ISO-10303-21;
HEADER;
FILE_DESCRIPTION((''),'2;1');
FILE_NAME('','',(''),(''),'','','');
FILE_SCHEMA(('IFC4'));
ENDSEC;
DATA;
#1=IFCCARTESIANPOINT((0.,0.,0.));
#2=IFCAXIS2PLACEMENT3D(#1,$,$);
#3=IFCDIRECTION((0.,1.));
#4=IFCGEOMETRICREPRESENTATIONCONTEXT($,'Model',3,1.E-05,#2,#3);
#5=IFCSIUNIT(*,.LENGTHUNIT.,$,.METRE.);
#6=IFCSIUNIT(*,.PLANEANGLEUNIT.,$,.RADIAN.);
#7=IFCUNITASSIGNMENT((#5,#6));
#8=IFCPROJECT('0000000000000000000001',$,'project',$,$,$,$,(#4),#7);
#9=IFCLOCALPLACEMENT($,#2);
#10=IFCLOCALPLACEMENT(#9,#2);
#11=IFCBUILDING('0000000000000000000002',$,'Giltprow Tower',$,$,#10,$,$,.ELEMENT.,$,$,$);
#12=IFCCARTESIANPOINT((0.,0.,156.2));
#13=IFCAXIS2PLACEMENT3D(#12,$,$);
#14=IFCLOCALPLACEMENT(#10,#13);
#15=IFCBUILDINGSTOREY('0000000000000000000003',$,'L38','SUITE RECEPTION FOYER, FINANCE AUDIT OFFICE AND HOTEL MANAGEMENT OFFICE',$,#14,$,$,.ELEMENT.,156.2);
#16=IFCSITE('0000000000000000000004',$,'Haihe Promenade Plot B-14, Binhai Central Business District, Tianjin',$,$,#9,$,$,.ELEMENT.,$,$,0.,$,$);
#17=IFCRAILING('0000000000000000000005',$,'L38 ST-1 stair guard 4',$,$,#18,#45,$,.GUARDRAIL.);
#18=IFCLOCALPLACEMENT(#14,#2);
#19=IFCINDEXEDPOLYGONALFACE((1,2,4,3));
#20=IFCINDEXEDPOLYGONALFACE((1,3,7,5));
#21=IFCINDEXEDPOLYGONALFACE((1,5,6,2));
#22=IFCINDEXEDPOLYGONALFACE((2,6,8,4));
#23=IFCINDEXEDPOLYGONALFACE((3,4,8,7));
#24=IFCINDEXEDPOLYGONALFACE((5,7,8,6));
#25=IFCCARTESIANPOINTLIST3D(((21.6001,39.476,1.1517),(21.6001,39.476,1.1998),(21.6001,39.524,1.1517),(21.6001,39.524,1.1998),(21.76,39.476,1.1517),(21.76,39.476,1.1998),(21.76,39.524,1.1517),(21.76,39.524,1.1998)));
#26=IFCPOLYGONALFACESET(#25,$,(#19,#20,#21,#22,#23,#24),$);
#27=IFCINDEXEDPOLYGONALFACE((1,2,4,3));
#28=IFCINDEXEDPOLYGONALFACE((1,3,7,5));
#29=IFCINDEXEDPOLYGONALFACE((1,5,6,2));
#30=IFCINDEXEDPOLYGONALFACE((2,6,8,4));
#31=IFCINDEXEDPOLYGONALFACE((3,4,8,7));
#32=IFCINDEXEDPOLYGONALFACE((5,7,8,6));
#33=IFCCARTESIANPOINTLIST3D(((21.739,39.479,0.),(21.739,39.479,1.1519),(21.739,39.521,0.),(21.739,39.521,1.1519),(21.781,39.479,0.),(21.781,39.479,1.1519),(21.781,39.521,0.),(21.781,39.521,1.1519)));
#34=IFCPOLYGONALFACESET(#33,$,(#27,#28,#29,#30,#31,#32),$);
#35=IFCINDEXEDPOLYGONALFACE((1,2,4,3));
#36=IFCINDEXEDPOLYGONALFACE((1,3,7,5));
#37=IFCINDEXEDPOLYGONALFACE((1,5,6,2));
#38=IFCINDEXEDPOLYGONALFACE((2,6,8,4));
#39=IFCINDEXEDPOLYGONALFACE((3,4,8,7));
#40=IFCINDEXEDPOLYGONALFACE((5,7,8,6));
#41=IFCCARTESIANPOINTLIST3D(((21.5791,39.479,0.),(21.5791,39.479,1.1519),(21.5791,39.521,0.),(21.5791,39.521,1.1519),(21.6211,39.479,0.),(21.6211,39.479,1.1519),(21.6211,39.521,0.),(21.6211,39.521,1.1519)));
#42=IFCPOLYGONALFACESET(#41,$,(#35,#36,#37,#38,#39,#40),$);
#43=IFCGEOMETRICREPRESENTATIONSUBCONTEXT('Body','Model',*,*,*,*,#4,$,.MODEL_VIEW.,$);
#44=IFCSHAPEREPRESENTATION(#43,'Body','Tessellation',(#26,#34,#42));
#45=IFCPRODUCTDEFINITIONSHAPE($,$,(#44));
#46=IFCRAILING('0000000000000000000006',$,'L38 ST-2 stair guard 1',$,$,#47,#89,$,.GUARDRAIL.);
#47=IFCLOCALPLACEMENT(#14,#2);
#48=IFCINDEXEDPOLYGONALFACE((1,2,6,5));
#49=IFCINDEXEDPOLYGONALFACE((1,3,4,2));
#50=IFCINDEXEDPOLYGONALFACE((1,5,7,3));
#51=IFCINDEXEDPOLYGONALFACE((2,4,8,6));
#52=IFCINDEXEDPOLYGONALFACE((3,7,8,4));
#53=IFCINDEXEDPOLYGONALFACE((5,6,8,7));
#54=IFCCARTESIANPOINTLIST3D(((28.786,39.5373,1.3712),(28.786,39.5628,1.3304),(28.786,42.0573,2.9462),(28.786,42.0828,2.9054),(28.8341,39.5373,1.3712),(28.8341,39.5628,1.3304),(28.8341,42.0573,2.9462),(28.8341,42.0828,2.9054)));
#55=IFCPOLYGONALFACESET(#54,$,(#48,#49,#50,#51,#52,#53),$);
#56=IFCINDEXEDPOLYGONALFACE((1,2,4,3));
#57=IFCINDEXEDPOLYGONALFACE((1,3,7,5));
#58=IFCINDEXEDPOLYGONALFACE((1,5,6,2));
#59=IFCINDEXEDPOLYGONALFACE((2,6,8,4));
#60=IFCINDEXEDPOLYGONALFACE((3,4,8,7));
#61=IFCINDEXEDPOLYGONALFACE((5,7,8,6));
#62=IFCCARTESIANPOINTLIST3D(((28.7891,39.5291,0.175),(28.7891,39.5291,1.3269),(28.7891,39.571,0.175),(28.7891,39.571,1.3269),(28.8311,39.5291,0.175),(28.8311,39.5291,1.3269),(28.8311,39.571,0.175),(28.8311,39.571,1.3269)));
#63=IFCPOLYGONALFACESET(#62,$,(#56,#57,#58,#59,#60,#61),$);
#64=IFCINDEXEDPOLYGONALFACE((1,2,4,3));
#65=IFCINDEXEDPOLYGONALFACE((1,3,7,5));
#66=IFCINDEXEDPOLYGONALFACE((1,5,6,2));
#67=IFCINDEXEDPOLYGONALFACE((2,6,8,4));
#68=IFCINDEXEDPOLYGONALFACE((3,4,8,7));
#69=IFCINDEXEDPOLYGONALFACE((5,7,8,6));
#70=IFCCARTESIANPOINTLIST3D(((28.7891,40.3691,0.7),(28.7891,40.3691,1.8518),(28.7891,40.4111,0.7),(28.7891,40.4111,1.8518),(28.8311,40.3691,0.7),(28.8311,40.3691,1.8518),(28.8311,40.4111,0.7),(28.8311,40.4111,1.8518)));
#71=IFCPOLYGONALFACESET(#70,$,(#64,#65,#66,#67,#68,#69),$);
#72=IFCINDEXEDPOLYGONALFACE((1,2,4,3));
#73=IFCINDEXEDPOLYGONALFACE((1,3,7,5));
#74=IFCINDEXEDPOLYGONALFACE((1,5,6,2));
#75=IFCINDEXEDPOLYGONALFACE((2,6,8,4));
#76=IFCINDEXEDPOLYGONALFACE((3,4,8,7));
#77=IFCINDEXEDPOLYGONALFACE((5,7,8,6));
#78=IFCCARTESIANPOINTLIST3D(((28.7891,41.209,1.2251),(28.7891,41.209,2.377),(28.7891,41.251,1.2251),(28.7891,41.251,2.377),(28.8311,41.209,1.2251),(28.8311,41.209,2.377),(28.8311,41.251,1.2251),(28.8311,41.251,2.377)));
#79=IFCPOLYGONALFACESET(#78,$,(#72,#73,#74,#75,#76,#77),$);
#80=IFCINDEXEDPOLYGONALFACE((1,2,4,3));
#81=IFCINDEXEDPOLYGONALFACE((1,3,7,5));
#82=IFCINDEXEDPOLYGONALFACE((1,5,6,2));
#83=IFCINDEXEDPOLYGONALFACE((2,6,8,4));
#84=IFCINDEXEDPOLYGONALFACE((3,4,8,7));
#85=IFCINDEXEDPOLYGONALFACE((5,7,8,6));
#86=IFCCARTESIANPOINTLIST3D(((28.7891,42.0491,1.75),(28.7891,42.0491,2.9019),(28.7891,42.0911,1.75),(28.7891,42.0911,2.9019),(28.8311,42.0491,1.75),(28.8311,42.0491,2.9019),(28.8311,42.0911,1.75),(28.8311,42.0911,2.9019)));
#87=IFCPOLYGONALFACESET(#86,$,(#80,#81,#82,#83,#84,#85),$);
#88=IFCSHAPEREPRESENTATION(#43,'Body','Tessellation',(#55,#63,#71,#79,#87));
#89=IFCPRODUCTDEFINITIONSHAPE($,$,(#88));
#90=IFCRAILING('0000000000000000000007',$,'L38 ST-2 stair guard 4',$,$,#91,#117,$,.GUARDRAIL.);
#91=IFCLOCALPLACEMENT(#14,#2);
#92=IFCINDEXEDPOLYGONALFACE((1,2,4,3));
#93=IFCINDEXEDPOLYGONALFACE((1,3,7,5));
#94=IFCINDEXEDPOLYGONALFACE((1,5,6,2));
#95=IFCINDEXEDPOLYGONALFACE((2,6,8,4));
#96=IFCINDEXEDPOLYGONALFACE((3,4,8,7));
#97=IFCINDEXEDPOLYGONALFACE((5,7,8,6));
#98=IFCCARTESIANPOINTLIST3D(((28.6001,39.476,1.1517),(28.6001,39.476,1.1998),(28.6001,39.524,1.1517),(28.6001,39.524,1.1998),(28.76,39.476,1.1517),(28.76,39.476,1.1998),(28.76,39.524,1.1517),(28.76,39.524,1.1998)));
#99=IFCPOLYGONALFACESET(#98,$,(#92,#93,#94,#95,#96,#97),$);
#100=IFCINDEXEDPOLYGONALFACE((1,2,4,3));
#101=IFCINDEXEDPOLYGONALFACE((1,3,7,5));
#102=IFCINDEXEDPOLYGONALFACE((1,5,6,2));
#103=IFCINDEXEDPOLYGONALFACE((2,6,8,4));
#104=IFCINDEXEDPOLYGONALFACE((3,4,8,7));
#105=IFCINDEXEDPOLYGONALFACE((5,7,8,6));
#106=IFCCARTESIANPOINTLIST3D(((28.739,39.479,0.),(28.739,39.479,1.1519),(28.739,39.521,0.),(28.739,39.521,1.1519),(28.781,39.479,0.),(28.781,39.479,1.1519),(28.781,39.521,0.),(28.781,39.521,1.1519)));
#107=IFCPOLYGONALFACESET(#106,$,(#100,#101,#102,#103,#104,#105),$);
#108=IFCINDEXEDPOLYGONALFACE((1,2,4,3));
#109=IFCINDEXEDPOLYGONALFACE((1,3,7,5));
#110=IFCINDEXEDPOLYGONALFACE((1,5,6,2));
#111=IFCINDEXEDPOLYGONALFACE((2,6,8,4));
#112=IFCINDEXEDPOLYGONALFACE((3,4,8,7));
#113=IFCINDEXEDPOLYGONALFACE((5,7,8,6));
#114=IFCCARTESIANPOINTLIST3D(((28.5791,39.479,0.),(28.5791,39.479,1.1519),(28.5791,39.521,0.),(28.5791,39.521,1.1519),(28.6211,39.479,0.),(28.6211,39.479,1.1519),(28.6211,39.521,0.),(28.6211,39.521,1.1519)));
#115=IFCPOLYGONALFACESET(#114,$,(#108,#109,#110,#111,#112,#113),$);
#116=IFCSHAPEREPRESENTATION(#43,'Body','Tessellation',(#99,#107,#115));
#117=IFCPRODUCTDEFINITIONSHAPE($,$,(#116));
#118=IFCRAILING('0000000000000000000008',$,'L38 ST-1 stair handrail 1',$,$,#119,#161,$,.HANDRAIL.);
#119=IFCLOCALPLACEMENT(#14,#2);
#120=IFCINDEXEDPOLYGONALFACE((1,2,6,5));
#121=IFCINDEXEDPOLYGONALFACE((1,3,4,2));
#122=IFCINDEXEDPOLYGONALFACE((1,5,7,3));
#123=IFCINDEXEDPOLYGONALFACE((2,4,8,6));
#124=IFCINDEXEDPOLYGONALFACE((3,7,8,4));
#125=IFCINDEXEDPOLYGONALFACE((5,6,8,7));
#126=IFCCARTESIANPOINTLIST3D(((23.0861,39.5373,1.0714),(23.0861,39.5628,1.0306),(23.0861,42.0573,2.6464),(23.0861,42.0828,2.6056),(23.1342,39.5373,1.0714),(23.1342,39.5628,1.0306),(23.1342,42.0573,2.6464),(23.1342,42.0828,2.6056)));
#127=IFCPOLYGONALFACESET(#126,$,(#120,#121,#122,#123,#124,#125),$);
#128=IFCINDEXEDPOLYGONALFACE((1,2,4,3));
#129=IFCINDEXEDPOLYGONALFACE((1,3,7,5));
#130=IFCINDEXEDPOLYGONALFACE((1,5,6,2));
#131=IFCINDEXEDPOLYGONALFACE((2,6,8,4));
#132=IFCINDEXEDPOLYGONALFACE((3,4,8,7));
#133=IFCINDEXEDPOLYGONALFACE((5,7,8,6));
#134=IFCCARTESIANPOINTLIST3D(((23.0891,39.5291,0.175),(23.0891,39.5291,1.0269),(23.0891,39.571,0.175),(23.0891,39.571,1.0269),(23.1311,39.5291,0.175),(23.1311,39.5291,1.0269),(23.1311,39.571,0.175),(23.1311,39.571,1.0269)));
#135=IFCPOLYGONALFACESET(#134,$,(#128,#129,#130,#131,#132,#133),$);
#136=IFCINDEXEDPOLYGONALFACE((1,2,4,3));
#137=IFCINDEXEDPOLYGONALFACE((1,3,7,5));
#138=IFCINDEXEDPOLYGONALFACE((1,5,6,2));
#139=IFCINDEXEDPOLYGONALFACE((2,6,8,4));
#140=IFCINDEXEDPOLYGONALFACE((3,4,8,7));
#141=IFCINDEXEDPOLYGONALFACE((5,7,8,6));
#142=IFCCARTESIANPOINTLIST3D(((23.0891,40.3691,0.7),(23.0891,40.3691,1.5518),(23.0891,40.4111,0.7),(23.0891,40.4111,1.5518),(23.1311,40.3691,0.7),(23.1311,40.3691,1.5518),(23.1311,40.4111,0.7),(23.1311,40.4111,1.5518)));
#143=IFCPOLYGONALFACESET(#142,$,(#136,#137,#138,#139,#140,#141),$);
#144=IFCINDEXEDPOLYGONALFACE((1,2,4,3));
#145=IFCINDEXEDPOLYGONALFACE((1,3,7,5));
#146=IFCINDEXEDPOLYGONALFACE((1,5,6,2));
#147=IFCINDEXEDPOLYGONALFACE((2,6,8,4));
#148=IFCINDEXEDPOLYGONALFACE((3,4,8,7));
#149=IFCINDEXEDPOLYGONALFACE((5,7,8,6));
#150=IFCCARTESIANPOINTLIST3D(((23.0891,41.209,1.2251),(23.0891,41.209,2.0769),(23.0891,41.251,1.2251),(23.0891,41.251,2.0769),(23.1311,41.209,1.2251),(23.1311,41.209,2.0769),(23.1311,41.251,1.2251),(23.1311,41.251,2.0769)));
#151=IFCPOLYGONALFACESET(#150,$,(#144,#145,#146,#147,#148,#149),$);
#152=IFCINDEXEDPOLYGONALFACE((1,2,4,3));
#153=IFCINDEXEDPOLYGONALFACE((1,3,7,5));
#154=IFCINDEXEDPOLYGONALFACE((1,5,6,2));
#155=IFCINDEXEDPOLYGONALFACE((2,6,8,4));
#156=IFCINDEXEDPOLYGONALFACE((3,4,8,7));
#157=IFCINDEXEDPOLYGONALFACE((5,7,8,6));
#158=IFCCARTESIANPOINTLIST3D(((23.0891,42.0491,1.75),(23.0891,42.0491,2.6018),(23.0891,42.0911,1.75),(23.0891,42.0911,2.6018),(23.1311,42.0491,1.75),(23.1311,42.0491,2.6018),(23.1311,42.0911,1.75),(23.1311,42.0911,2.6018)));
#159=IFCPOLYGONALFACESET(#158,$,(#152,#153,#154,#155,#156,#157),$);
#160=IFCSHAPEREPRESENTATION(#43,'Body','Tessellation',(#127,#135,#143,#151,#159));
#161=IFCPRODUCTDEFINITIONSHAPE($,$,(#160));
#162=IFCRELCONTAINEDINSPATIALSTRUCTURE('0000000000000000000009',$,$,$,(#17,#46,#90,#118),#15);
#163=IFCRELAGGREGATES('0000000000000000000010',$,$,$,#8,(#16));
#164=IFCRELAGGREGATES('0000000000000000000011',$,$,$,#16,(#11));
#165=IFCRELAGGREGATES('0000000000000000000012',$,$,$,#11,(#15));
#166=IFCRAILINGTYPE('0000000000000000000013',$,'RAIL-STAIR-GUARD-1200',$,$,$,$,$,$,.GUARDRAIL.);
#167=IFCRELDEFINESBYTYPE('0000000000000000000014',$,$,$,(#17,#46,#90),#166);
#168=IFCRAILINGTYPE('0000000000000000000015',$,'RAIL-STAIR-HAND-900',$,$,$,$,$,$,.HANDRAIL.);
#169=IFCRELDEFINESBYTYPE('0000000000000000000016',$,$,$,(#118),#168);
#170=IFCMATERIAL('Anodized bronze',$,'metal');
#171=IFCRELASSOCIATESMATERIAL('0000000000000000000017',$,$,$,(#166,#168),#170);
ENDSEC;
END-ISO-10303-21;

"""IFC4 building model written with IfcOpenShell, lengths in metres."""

from ifc_helpers import new_model, si_unit, direction, frame, origin, origin_2d, place, context, subcontext, project, spatial, rectangle, extrude, material, type_object, element, save


model = new_model("IFC4")

# Units and contexts
model_context = context("Model", 3, precision=1e-05, world=origin(), true_north=direction((0.0, 1.0)))
body_context = subcontext(model_context, "Body", "Model", "MODEL_VIEW")
ifc_project = project(units=[si_unit("LENGTHUNIT", "METRE"), si_unit("PLANEANGLEUNIT", "RADIAN")], contexts=[model_context])

# Site, building, storey
site_placement = place(None, origin())
site = spatial("IfcSite", under=ifc_project, at=site_placement, Name="Haihe Promenade Plot B-14, Binhai Central Business District, Tianjin", CompositionType="ELEMENT", RefElevation=0.0)
building_placement = place(site_placement, origin())
building = spatial("IfcBuilding", under=site, at=building_placement, Name="Giltprow Tower", CompositionType="ELEMENT")
storey_placement = place(building_placement, frame((0.0, 0.0, 156.2)))
storey = spatial("IfcBuildingStorey", under=building, at=storey_placement, Name="L38", Description="SUITE RECEPTION FOYER, FINANCE AUDIT OFFICE AND HOTEL MANAGEMENT OFFICE", CompositionType="ELEMENT", Elevation=156.2)

# Railings
ifc_material_1 = material(Name="Anodized bronze", Category="metal")
railing_type_1 = type_object("IfcRailingType", Name="RAIL-STAIR-GUARD-1200", PredefinedType="GUARDRAIL", material=ifc_material_1)
railing_1_placement = place(storey_placement, frame((21.76, 39.5, 0.0)))
element("IfcRailing", 1, at=railing_1_placement, inside=storey, type_object=railing_type_1, Name="L38 ST-1 stair guard 4", PredefinedType="GUARDRAIL", context=body_context, shape_type="SweptSolid", body=[
    extrude(rectangle(XDim=0.0481, YDim=0.0481, at=origin_2d()), frame((0.0, 0.0, 1.1758), z_axis=(-1.0, 0.0, 0.0), x_axis=(0.0, -1.0, 0.0)), (0.0, 0.0, 1.0), 0.1599),
    extrude(rectangle(XDim=0.042, YDim=0.042, at=origin_2d()), origin(), (0.0, 0.0, 1.0), 1.1519),
    extrude(rectangle(XDim=0.042, YDim=0.042, at=origin_2d()), frame((-0.1599, 0.0, 0.0)), (0.0, 0.0, 1.0), 1.1519),
])
railing_2_placement = place(storey_placement, frame((28.8101, 39.55, 0.175)))
element("IfcRailing", 2, at=railing_2_placement, inside=storey, type_object=railing_type_1, Name="L38 ST-2 stair guard 1", PredefinedType="GUARDRAIL", context=body_context, shape_type="SweptSolid", body=[
    extrude(rectangle(XDim=0.0481, YDim=0.0481, at=origin_2d()), frame((0.0, 0.0, 1.1758), z_axis=(0.0, 0.848008, 0.529984), x_axis=(-1.0, 0.0, 0.0)), (0.0, 0.0, 1.0), 2.9717),
    extrude(rectangle(XDim=0.042, YDim=0.042, at=origin_2d()), origin(), (0.0, 0.0, 1.0), 1.1519),
    extrude(rectangle(XDim=0.042, YDim=0.042, at=origin_2d()), frame((0.0, 0.8401, 0.5249)), (0.0, 0.0, 1.0), 1.1519),
    extrude(rectangle(XDim=0.042, YDim=0.042, at=origin_2d()), frame((0.0, 1.6799, 1.05)), (0.0, 0.0, 1.0), 1.1519),
    extrude(rectangle(XDim=0.042, YDim=0.042, at=origin_2d()), frame((0.0, 2.52, 1.575)), (0.0, 0.0, 1.0), 1.1519),
])
railing_3_placement = place(storey_placement, frame((28.76, 39.5, 0.0)))
element("IfcRailing", 3, at=railing_3_placement, inside=storey, type_object=railing_type_1, Name="L38 ST-2 stair guard 4", PredefinedType="GUARDRAIL", context=body_context, shape_type="SweptSolid", body=[
    extrude(rectangle(XDim=0.0481, YDim=0.0481, at=origin_2d()), frame((0.0, 0.0, 1.1758), z_axis=(-1.0, 0.0, 0.0), x_axis=(0.0, -1.0, 0.0)), (0.0, 0.0, 1.0), 0.1599),
    extrude(rectangle(XDim=0.042, YDim=0.042, at=origin_2d()), origin(), (0.0, 0.0, 1.0), 1.1519),
    extrude(rectangle(XDim=0.042, YDim=0.042, at=origin_2d()), frame((-0.1599, 0.0, 0.0)), (0.0, 0.0, 1.0), 1.1519),
])
railing_type_2 = type_object("IfcRailingType", Name="RAIL-STAIR-HAND-900", PredefinedType="HANDRAIL", material=ifc_material_1)
railing_4_placement = place(storey_placement, frame((23.1101, 39.55, 0.175)))
element("IfcRailing", 4, at=railing_4_placement, inside=storey, type_object=railing_type_2, Name="L38 ST-1 stair handrail 1", PredefinedType="HANDRAIL", context=body_context, shape_type="SweptSolid", body=[
    extrude(rectangle(XDim=0.0481, YDim=0.0481, at=origin_2d()), frame((0.0, 0.0, 0.876), z_axis=(0.0, 0.848008, 0.529984), x_axis=(-1.0, 0.0, 0.0)), (0.0, 0.0, 1.0), 2.9717),
    extrude(rectangle(XDim=0.042, YDim=0.042, at=origin_2d()), origin(), (0.0, 0.0, 1.0), 0.8518),
    extrude(rectangle(XDim=0.042, YDim=0.042, at=origin_2d()), frame((0.0, 0.8401, 0.5249)), (0.0, 0.0, 1.0), 0.8518),
    extrude(rectangle(XDim=0.042, YDim=0.042, at=origin_2d()), frame((0.0, 1.6799, 1.05)), (0.0, 0.0, 1.0), 0.8518),
    extrude(rectangle(XDim=0.042, YDim=0.042, at=origin_2d()), frame((0.0, 2.52, 1.575)), (0.0, 0.0, 1.0), 0.8518),
])

save(model, "model.ifc")
